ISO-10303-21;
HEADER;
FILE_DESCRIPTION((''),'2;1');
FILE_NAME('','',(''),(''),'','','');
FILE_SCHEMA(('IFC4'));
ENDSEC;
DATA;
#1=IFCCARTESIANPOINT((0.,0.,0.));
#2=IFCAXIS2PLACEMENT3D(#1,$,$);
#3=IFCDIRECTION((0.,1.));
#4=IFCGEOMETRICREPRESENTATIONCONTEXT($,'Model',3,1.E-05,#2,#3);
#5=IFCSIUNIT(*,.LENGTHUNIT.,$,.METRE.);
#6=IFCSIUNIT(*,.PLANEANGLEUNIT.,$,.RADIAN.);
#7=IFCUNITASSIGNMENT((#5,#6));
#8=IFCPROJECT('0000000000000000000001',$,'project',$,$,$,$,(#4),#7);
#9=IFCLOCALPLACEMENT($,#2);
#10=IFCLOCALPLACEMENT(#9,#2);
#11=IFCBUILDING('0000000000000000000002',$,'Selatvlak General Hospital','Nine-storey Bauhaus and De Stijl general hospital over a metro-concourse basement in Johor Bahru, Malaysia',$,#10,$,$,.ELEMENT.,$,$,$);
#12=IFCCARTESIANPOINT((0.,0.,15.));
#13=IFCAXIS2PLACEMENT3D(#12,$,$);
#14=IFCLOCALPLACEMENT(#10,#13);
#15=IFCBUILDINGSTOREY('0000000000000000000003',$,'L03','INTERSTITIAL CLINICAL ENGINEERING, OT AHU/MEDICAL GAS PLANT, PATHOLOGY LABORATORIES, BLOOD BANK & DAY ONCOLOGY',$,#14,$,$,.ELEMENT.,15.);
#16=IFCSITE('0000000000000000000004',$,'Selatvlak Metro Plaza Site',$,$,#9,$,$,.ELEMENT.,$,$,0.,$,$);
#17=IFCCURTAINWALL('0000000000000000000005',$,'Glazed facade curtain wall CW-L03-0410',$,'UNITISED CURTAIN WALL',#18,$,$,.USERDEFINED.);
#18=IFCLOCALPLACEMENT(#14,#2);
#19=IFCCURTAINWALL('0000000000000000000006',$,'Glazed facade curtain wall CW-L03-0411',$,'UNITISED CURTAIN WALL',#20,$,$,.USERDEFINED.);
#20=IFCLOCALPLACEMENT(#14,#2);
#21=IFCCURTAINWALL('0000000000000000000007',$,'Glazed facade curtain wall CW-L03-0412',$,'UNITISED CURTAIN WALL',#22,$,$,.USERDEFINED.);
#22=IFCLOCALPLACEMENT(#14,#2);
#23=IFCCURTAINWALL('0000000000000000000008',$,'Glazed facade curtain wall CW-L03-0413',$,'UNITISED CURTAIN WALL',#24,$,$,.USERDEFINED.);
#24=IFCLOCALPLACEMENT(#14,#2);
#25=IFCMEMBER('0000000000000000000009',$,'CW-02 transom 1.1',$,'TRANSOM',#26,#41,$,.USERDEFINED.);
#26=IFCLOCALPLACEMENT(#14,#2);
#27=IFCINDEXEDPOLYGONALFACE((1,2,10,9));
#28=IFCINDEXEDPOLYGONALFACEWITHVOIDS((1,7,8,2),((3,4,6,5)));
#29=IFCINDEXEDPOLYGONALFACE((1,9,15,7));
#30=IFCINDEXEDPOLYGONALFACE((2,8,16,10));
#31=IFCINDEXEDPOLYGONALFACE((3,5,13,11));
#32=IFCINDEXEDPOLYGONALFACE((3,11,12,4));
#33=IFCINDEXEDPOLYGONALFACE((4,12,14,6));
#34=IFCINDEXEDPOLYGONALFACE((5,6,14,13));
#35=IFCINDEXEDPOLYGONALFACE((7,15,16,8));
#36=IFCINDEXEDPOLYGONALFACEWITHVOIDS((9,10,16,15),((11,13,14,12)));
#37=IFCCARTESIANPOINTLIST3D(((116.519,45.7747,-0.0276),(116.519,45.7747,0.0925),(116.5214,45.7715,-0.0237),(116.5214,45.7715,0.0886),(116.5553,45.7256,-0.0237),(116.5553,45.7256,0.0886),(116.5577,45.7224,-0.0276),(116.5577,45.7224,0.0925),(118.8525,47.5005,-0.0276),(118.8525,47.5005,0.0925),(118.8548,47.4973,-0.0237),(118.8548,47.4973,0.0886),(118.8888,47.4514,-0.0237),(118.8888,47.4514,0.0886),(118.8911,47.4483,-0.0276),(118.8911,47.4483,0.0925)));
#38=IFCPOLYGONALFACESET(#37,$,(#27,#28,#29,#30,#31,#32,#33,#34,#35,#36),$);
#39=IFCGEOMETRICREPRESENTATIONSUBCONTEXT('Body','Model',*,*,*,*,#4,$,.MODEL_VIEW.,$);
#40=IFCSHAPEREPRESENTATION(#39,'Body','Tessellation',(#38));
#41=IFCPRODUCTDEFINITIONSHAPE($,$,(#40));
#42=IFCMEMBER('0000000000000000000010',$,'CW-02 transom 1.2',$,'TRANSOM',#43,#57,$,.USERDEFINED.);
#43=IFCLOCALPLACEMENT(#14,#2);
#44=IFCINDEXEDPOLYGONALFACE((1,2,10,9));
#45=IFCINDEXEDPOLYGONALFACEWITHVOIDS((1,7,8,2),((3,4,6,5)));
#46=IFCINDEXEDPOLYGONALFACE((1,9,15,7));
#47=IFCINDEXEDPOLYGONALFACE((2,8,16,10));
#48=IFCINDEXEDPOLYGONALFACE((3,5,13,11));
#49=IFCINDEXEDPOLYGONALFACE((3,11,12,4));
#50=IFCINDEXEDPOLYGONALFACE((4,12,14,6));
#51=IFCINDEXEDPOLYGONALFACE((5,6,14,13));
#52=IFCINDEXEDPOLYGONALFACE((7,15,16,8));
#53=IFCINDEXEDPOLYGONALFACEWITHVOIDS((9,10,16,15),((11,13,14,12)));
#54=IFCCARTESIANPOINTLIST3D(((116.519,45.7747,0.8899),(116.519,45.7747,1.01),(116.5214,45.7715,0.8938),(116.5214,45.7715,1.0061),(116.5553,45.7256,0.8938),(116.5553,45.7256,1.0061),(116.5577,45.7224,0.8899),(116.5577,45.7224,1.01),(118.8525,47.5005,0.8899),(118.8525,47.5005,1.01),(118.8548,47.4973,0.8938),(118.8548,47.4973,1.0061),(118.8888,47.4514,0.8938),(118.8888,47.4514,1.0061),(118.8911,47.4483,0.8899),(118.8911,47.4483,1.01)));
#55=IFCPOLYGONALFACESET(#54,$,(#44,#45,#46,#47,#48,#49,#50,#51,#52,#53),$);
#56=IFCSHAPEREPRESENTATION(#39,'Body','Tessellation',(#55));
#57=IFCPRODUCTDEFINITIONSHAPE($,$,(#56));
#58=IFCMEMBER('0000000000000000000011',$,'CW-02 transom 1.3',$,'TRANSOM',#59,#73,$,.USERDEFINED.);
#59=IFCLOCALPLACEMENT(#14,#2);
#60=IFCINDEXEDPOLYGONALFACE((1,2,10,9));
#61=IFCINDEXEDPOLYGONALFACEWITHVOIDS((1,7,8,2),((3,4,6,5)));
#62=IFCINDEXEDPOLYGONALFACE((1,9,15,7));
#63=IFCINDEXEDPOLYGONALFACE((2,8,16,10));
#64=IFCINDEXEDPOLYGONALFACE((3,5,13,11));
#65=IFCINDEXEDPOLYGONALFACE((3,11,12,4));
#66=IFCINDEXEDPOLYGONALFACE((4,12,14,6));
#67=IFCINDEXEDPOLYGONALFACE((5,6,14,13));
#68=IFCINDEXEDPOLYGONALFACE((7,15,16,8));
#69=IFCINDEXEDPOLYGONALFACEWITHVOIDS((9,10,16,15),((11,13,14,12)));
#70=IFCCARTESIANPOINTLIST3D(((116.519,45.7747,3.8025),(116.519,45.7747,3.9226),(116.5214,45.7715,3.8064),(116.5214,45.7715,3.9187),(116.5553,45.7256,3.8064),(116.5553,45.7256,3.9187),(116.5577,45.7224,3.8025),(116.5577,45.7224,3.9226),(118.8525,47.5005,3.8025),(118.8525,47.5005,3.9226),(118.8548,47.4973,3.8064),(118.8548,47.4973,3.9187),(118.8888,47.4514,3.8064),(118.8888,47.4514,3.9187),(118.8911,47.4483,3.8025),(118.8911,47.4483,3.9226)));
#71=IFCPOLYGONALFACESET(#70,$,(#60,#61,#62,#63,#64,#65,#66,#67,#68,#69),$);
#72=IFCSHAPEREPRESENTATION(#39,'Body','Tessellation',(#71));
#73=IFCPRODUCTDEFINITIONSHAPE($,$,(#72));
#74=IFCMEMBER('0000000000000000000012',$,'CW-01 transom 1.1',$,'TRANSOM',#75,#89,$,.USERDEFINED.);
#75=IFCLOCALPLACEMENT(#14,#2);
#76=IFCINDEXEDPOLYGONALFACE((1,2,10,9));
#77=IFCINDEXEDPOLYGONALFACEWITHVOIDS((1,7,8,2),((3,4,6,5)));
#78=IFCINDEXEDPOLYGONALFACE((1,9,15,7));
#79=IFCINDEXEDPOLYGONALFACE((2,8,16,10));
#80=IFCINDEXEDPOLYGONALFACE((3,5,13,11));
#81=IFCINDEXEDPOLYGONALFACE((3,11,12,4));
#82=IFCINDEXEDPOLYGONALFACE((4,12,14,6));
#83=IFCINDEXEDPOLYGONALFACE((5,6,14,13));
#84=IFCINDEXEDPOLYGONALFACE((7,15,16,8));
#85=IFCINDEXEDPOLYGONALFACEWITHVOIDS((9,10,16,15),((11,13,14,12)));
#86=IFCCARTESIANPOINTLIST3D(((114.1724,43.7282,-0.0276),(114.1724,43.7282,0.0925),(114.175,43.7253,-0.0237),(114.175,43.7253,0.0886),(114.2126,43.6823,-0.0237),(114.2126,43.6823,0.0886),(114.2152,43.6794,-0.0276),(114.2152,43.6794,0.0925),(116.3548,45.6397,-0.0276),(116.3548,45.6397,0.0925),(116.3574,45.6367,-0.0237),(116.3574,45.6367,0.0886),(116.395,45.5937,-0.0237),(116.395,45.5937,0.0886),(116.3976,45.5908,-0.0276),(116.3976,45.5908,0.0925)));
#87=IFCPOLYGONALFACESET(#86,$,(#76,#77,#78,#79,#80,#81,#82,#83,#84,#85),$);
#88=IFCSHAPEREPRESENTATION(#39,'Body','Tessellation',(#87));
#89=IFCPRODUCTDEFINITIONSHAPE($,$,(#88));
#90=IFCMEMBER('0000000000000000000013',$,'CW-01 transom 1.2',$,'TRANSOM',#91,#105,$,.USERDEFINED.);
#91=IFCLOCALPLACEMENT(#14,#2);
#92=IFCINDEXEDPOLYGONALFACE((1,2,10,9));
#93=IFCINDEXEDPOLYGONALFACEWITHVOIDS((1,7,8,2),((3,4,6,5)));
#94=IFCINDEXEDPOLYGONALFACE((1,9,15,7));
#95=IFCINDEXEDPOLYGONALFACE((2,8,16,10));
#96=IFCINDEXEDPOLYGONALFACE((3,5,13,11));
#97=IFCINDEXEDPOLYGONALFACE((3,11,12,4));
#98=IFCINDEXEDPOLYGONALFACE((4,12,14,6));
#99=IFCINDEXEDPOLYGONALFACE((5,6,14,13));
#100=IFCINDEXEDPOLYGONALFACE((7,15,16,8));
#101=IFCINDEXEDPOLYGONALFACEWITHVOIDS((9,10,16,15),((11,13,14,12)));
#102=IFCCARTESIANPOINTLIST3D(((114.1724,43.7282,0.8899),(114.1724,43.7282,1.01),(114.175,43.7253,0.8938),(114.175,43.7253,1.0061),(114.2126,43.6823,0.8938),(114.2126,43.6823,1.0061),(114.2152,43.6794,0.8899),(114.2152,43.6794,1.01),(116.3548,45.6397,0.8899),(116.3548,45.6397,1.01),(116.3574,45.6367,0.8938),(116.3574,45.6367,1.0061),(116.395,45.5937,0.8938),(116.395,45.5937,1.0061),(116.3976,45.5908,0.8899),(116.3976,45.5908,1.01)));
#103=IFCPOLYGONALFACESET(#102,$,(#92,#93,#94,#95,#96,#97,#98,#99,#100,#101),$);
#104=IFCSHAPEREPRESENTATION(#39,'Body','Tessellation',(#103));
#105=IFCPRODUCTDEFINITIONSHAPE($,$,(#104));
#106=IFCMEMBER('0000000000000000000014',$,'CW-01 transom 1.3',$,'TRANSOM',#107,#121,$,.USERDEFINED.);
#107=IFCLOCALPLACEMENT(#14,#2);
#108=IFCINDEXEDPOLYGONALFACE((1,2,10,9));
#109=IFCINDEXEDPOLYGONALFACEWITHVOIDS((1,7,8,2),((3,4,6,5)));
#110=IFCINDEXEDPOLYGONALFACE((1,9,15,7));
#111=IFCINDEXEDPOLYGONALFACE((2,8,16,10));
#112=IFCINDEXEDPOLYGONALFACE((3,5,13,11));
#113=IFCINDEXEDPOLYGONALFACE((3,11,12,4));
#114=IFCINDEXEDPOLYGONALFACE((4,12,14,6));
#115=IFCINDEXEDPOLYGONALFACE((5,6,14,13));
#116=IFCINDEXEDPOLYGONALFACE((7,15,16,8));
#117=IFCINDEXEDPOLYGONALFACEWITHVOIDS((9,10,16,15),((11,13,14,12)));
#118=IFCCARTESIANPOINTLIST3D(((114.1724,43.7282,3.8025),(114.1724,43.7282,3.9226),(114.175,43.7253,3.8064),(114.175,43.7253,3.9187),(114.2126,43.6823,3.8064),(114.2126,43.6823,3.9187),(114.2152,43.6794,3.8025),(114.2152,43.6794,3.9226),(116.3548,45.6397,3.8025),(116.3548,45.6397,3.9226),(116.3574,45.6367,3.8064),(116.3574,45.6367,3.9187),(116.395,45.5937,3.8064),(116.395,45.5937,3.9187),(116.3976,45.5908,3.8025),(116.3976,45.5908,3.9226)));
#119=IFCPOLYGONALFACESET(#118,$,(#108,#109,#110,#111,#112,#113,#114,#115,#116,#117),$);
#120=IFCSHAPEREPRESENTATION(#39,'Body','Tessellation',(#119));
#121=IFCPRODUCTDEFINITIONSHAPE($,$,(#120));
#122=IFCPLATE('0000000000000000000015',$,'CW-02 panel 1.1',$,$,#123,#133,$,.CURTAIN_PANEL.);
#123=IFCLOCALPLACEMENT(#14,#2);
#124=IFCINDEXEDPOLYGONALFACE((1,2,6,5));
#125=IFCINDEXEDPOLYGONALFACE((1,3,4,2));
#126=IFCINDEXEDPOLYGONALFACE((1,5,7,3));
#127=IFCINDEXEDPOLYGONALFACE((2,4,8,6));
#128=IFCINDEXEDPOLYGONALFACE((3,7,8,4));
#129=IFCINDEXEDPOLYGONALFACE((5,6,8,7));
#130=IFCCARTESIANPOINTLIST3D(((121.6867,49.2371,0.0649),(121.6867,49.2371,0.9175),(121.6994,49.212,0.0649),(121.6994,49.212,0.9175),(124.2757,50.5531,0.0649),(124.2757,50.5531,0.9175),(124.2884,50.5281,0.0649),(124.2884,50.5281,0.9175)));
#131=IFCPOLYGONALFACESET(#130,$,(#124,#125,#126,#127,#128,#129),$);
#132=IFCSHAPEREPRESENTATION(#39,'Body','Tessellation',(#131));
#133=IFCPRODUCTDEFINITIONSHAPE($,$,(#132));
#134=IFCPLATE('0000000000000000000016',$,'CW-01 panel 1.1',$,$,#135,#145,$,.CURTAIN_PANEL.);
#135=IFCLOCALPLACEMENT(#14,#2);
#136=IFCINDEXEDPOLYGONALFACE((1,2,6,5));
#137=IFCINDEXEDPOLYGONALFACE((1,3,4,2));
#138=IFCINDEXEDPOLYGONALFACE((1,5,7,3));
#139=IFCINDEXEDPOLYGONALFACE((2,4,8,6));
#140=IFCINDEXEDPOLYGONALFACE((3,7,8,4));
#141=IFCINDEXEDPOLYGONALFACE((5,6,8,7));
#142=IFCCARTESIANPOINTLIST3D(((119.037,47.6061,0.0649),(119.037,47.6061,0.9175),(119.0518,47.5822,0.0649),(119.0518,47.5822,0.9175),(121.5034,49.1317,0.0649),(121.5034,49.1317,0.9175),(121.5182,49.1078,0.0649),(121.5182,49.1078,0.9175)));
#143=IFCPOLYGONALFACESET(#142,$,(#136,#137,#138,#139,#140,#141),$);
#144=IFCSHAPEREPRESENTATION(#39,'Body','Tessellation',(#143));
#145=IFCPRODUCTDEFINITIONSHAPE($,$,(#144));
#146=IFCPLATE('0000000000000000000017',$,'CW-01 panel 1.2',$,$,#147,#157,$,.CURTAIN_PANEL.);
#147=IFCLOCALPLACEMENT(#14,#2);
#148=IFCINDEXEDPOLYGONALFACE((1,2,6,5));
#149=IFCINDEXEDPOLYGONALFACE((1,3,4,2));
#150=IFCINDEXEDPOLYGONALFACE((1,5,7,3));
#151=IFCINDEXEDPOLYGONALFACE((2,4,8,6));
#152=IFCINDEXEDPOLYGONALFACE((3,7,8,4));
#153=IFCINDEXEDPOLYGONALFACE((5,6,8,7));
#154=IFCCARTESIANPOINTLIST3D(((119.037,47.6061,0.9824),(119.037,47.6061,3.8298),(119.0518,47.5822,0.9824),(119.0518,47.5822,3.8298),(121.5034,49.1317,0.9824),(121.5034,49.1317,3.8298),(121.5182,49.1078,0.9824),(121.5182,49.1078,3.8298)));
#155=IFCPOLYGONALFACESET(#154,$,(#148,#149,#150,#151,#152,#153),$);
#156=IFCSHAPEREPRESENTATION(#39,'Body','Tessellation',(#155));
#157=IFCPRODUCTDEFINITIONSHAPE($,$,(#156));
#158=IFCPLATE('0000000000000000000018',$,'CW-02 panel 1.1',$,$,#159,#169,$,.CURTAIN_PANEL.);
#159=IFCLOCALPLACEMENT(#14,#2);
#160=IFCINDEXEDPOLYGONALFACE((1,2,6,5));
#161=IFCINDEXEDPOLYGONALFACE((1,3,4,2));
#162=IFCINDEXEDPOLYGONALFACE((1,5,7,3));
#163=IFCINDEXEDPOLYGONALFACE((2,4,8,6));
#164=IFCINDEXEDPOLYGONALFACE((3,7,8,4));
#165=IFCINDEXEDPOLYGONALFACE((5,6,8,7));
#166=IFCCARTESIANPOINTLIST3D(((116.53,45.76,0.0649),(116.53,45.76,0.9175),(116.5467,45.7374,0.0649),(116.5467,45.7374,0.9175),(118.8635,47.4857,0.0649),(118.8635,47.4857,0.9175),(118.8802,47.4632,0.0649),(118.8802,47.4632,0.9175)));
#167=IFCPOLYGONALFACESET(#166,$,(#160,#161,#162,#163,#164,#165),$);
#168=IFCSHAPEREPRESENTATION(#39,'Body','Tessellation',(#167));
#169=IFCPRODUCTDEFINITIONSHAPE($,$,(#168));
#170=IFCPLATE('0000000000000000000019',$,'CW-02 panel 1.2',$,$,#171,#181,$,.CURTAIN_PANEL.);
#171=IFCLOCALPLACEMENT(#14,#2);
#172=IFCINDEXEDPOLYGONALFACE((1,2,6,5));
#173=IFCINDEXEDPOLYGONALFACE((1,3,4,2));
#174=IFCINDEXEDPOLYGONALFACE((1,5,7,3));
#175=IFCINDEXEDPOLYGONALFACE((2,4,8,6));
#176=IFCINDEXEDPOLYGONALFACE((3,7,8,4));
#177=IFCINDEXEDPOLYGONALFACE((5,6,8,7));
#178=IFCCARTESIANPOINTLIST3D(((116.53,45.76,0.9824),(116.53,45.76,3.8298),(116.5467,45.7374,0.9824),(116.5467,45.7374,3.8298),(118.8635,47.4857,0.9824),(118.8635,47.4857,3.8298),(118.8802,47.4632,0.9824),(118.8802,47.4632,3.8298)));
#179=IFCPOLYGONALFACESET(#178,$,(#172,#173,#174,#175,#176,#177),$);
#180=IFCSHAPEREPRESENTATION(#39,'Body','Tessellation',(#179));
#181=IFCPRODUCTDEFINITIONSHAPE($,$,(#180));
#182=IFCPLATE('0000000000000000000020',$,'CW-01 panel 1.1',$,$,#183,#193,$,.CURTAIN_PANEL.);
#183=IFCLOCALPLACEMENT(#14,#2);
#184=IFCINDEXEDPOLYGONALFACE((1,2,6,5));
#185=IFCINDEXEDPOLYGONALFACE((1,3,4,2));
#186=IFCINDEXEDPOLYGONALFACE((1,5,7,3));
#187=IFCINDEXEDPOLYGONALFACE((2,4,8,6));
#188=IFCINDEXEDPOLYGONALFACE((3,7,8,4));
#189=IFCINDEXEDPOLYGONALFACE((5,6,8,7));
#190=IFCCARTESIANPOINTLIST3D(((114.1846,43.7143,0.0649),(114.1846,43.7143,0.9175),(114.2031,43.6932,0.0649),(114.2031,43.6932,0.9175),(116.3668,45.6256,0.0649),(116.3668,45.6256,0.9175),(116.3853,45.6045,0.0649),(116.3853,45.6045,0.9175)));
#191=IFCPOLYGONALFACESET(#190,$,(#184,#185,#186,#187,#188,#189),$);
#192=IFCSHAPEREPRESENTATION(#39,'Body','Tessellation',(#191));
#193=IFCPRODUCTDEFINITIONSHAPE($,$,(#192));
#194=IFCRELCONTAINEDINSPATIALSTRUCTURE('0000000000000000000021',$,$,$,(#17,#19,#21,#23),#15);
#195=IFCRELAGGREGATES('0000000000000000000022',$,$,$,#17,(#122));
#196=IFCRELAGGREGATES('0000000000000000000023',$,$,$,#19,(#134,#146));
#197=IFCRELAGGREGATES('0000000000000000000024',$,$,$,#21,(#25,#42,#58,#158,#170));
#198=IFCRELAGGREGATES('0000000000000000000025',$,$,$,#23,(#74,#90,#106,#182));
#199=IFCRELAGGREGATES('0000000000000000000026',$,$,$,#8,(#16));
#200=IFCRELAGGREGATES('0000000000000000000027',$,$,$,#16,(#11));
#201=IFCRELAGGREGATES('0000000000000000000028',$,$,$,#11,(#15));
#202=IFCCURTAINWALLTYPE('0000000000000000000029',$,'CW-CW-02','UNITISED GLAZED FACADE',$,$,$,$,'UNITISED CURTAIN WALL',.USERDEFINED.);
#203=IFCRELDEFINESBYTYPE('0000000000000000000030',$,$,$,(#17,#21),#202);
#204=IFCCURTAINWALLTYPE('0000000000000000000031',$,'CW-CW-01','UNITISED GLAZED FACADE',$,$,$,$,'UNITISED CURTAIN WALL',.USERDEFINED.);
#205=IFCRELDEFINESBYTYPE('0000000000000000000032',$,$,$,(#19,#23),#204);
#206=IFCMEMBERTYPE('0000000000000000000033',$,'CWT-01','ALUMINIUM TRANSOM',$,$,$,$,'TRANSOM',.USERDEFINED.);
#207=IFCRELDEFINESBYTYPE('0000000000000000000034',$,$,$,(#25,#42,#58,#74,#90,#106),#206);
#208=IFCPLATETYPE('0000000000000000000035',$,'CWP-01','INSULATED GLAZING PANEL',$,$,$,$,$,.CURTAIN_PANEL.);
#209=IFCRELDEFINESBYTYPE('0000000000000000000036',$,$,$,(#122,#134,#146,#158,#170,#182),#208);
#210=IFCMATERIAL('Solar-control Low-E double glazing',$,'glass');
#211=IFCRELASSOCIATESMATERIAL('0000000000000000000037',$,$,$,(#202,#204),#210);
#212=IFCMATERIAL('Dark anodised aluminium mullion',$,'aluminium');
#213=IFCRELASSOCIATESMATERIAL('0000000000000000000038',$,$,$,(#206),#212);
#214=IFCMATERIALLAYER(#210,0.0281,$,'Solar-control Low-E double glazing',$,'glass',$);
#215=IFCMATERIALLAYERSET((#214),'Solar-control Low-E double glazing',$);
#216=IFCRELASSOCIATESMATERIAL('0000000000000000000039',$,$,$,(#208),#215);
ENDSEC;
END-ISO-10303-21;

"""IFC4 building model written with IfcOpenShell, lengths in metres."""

from ifc_helpers import new_model, si_unit, direction, frame, origin, origin_2d, place, context, subcontext, project, spatial, rectangle, hollow_rectangle, extrude, material, layer, layer_set, material_profile, profile_set, type_object, element, aggregate, save


model = new_model("IFC4")

# Units and contexts
model_context = context("Model", 3, precision=1e-05, world=origin(), true_north=direction((0.0, 1.0)))
body_context = subcontext(model_context, "Body", "Model", "MODEL_VIEW")
ifc_project = project(units=[si_unit("LENGTHUNIT", "METRE"), si_unit("PLANEANGLEUNIT", "RADIAN")], contexts=[model_context])

# Site, building, storey
site_placement = place(None, origin())
site = spatial("IfcSite", under=ifc_project, at=site_placement, Name="Selatvlak Metro Plaza Site", CompositionType="ELEMENT", RefElevation=0.0)
building_placement = place(site_placement, origin())
building = spatial("IfcBuilding", under=site, at=building_placement, Name="Selatvlak General Hospital", Description="Nine-storey Bauhaus and De Stijl general hospital over a metro-concourse basement in Johor Bahru, Malaysia", CompositionType="ELEMENT")
storey_placement = place(building_placement, frame((0.0, 0.0, 15.0)))
storey = spatial("IfcBuildingStorey", under=building, at=storey_placement, Name="L03", Description="INTERSTITIAL CLINICAL ENGINEERING, OT AHU/MEDICAL GAS PLANT, PATHOLOGY LABORATORIES, BLOOD BANK & DAY ONCOLOGY", CompositionType="ELEMENT", Elevation=15.0)

# Curtain wall
ifc_material_1 = material(Name="Solar-control Low-E double glazing", Category="glass")
curtain_wall_type_1 = type_object("IfcCurtainWallType", Name="CW-CW-02", Description="UNITISED GLAZED FACADE", ElementType="UNITISED CURTAIN WALL", PredefinedType="USERDEFINED", material=ifc_material_1)
curtain_wall_1_placement = place(storey_placement, origin())
curtain_wall_1 = element("IfcCurtainWall", 1, at=curtain_wall_1_placement, inside=storey, type_object=curtain_wall_type_1, Name="Glazed facade curtain wall CW-L03-0410", ObjectType="UNITISED CURTAIN WALL", PredefinedType="USERDEFINED")
ifc_material_2 = material(Name="Dark anodised aluminium mullion", Category="aluminium")

# Curtain walls
curtain_wall_type_2 = type_object("IfcCurtainWallType", Name="CW-CW-01", Description="UNITISED GLAZED FACADE", ElementType="UNITISED CURTAIN WALL", PredefinedType="USERDEFINED", material=ifc_material_1)
curtain_wall_2_placement = place(storey_placement, origin())
curtain_wall_2 = element("IfcCurtainWall", 2, at=curtain_wall_2_placement, inside=storey, type_object=curtain_wall_type_2, Name="Glazed facade curtain wall CW-L03-0411", ObjectType="UNITISED CURTAIN WALL", PredefinedType="USERDEFINED")
curtain_wall_3_placement = place(storey_placement, origin())
curtain_wall_3 = element("IfcCurtainWall", 3, at=curtain_wall_3_placement, inside=storey, type_object=curtain_wall_type_1, Name="Glazed facade curtain wall CW-L03-0412", ObjectType="UNITISED CURTAIN WALL", PredefinedType="USERDEFINED")

# Curtain wall
curtain_wall_4_placement = place(storey_placement, origin())
curtain_wall_4 = element("IfcCurtainWall", 4, at=curtain_wall_4_placement, inside=storey, type_object=curtain_wall_type_2, Name="Glazed facade curtain wall CW-L03-0413", ObjectType="UNITISED CURTAIN WALL", PredefinedType="USERDEFINED")

# Members
ifc_material_profile_1 = material_profile(ifc_material_2, hollow_rectangle(XDim=0.0649, YDim=0.1201, WallThickness=0.0039, at=origin_2d()), Name="AL-TRN 65x120x4")
ifc_profile_set_1 = profile_set([ifc_material_profile_1], Name="Dark anodised aluminium mullion")
member_type_1 = type_object("IfcMemberType", Name="CWT-01", Description="ALUMINIUM TRANSOM", ElementType="TRANSOM", PredefinedType="USERDEFINED", material=ifc_profile_set_1)
member_1_placement = place(storey_placement, frame((118.8718, 47.4744, 0.0325), z_axis=(-0.804, -0.59463, 0.0), x_axis=(0.59463, -0.804, 0.0)))
member_1 = element("IfcMember", 5, at=member_1_placement, type_object=member_type_1, Name="CW-02 transom 1.1", ObjectType="TRANSOM", PredefinedType="USERDEFINED", context=body_context, shape_type="SweptSolid", body=[
    extrude(hollow_rectangle(XDim=0.0649, YDim=0.1201, WallThickness=0.0039, at=origin_2d()), origin(), (0.0, 0.0, 1.0), 2.9023),
])
member_2_placement = place(storey_placement, frame((118.8718, 47.4744, 0.95), z_axis=(-0.804, -0.59463, 0.0), x_axis=(0.59463, -0.804, 0.0)))
member_2 = element("IfcMember", 6, at=member_2_placement, type_object=member_type_1, Name="CW-02 transom 1.2", ObjectType="TRANSOM", PredefinedType="USERDEFINED", context=body_context, shape_type="SweptSolid", body=[
    extrude(hollow_rectangle(XDim=0.0649, YDim=0.1201, WallThickness=0.0039, at=origin_2d()), origin(), (0.0, 0.0, 1.0), 2.9023),
])
member_3_placement = place(storey_placement, frame((118.8718, 47.4744, 3.8625), z_axis=(-0.804, -0.59463, 0.0), x_axis=(0.59463, -0.804, 0.0)))
member_3 = element("IfcMember", 7, at=member_3_placement, type_object=member_type_1, Name="CW-02 transom 1.3", ObjectType="TRANSOM", PredefinedType="USERDEFINED", context=body_context, shape_type="SweptSolid", body=[
    extrude(hollow_rectangle(XDim=0.0649, YDim=0.1201, WallThickness=0.0039, at=origin_2d()), origin(), (0.0, 0.0, 1.0), 2.9023),
])
member_4_placement = place(storey_placement, frame((116.3762, 45.6152, 0.0325), z_axis=(-0.752269, -0.658856, 0.0), x_axis=(0.658856, -0.752269, 0.0)))
member_4 = element("IfcMember", 8, at=member_4_placement, type_object=member_type_1, Name="CW-01 transom 1.1", ObjectType="TRANSOM", PredefinedType="USERDEFINED", context=body_context, shape_type="SweptSolid", body=[
    extrude(hollow_rectangle(XDim=0.0649, YDim=0.1201, WallThickness=0.0039, at=origin_2d()), origin(), (0.0, 0.0, 1.0), 2.9011),
])
member_5_placement = place(storey_placement, frame((116.3762, 45.6152, 0.95), z_axis=(-0.752269, -0.658856, 0.0), x_axis=(0.658856, -0.752269, 0.0)))
member_5 = element("IfcMember", 9, at=member_5_placement, type_object=member_type_1, Name="CW-01 transom 1.2", ObjectType="TRANSOM", PredefinedType="USERDEFINED", context=body_context, shape_type="SweptSolid", body=[
    extrude(hollow_rectangle(XDim=0.0649, YDim=0.1201, WallThickness=0.0039, at=origin_2d()), origin(), (0.0, 0.0, 1.0), 2.9011),
])
member_6_placement = place(storey_placement, frame((116.3762, 45.6152, 3.8625), z_axis=(-0.752269, -0.658856, 0.0), x_axis=(0.658856, -0.752269, 0.0)))
member_6 = element("IfcMember", 10, at=member_6_placement, type_object=member_type_1, Name="CW-01 transom 1.3", ObjectType="TRANSOM", PredefinedType="USERDEFINED", context=body_context, shape_type="SweptSolid", body=[
    extrude(hollow_rectangle(XDim=0.0649, YDim=0.1201, WallThickness=0.0039, at=origin_2d()), origin(), (0.0, 0.0, 1.0), 2.9011),
])

# Plates
ifc_layer_1 = layer(ifc_material_1, 0.0281, Name="Solar-control Low-E double glazing", Category="glass")
ifc_layer_set_1 = layer_set([ifc_layer_1], Name="Solar-control Low-E double glazing")
plate_type = type_object("IfcPlateType", Name="CWP-01", Description="INSULATED GLAZING PANEL", PredefinedType="CURTAIN_PANEL", material=ifc_layer_set_1)
plate_1_placement = place(storey_placement, frame((122.9875, 49.8826, 0.0649), z_axis=(0.0, 0.0, 1.0), x_axis=(-0.891442, -0.453136, 0.0)))
plate_1 = element("IfcPlate", 11, at=plate_1_placement, type_object=plate_type, Name="CW-02 panel 1.1", PredefinedType="CURTAIN_PANEL", context=body_context, shape_type="SweptSolid", body=[
    extrude(rectangle(XDim=2.9043, YDim=0.0281, at=origin_2d()), origin(), (0.0, 0.0, 1.0), 0.8525),
])
aggregate(curtain_wall_1, [plate_1])
plate_2_placement = place(storey_placement, frame((120.2776, 48.3569, 0.0649), z_axis=(0.0, 0.0, 1.0), x_axis=(-0.850455, -0.526048, 0.0)))
plate_2 = element("IfcPlate", 12, at=plate_2_placement, type_object=plate_type, Name="CW-01 panel 1.1", PredefinedType="CURTAIN_PANEL", context=body_context, shape_type="SweptSolid", body=[
    extrude(rectangle(XDim=2.9001, YDim=0.0281, at=origin_2d()), origin(), (0.0, 0.0, 1.0), 0.8525),
])
plate_3_placement = place(storey_placement, frame((120.2776, 48.3569, 0.9824), z_axis=(0.0, 0.0, 1.0), x_axis=(-0.850455, -0.526048, 0.0)))
plate_3 = element("IfcPlate", 13, at=plate_3_placement, type_object=plate_type, Name="CW-01 panel 1.2", PredefinedType="CURTAIN_PANEL", context=body_context, shape_type="SweptSolid", body=[
    extrude(rectangle(XDim=2.9001, YDim=0.0281, at=origin_2d()), origin(), (0.0, 0.0, 1.0), 2.8474),
])
aggregate(curtain_wall_2, [plate_2, plate_3])
plate_4_placement = place(storey_placement, frame((117.7051, 46.6116, 0.0649), z_axis=(0.0, 0.0, 1.0), x_axis=(-0.804018, -0.594604, 0.0)))
plate_4 = element("IfcPlate", 14, at=plate_4_placement, type_object=plate_type, Name="CW-02 panel 1.1", PredefinedType="CURTAIN_PANEL", context=body_context, shape_type="SweptSolid", body=[
    extrude(rectangle(XDim=2.9023, YDim=0.0281, at=origin_2d()), origin(), (0.0, 0.0, 1.0), 0.8525),
])
plate_5_placement = place(storey_placement, frame((117.7051, 46.6116, 0.9824), z_axis=(0.0, 0.0, 1.0), x_axis=(-0.804018, -0.594604, 0.0)))
plate_5 = element("IfcPlate", 15, at=plate_5_placement, type_object=plate_type, Name="CW-02 panel 1.2", PredefinedType="CURTAIN_PANEL", context=body_context, shape_type="SweptSolid", body=[
    extrude(rectangle(XDim=2.9023, YDim=0.0281, at=origin_2d()), origin(), (0.0, 0.0, 1.0), 2.8474),
])
aggregate(curtain_wall_3, [member_1, member_2, member_3, plate_4, plate_5])
plate_6_placement = place(storey_placement, frame((115.2849, 44.6594, 0.0649), z_axis=(0.0, 0.0, 1.0), x_axis=(-0.75225, -0.658878, 0.0)))
plate_6 = element("IfcPlate", 16, at=plate_6_placement, type_object=plate_type, Name="CW-01 panel 1.1", PredefinedType="CURTAIN_PANEL", context=body_context, shape_type="SweptSolid", body=[
    extrude(rectangle(XDim=2.9009, YDim=0.0281, at=origin_2d()), origin(), (0.0, 0.0, 1.0), 0.8525),
])
aggregate(curtain_wall_4, [member_4, member_5, member_6, plate_6])

save(model, "model.ifc")
